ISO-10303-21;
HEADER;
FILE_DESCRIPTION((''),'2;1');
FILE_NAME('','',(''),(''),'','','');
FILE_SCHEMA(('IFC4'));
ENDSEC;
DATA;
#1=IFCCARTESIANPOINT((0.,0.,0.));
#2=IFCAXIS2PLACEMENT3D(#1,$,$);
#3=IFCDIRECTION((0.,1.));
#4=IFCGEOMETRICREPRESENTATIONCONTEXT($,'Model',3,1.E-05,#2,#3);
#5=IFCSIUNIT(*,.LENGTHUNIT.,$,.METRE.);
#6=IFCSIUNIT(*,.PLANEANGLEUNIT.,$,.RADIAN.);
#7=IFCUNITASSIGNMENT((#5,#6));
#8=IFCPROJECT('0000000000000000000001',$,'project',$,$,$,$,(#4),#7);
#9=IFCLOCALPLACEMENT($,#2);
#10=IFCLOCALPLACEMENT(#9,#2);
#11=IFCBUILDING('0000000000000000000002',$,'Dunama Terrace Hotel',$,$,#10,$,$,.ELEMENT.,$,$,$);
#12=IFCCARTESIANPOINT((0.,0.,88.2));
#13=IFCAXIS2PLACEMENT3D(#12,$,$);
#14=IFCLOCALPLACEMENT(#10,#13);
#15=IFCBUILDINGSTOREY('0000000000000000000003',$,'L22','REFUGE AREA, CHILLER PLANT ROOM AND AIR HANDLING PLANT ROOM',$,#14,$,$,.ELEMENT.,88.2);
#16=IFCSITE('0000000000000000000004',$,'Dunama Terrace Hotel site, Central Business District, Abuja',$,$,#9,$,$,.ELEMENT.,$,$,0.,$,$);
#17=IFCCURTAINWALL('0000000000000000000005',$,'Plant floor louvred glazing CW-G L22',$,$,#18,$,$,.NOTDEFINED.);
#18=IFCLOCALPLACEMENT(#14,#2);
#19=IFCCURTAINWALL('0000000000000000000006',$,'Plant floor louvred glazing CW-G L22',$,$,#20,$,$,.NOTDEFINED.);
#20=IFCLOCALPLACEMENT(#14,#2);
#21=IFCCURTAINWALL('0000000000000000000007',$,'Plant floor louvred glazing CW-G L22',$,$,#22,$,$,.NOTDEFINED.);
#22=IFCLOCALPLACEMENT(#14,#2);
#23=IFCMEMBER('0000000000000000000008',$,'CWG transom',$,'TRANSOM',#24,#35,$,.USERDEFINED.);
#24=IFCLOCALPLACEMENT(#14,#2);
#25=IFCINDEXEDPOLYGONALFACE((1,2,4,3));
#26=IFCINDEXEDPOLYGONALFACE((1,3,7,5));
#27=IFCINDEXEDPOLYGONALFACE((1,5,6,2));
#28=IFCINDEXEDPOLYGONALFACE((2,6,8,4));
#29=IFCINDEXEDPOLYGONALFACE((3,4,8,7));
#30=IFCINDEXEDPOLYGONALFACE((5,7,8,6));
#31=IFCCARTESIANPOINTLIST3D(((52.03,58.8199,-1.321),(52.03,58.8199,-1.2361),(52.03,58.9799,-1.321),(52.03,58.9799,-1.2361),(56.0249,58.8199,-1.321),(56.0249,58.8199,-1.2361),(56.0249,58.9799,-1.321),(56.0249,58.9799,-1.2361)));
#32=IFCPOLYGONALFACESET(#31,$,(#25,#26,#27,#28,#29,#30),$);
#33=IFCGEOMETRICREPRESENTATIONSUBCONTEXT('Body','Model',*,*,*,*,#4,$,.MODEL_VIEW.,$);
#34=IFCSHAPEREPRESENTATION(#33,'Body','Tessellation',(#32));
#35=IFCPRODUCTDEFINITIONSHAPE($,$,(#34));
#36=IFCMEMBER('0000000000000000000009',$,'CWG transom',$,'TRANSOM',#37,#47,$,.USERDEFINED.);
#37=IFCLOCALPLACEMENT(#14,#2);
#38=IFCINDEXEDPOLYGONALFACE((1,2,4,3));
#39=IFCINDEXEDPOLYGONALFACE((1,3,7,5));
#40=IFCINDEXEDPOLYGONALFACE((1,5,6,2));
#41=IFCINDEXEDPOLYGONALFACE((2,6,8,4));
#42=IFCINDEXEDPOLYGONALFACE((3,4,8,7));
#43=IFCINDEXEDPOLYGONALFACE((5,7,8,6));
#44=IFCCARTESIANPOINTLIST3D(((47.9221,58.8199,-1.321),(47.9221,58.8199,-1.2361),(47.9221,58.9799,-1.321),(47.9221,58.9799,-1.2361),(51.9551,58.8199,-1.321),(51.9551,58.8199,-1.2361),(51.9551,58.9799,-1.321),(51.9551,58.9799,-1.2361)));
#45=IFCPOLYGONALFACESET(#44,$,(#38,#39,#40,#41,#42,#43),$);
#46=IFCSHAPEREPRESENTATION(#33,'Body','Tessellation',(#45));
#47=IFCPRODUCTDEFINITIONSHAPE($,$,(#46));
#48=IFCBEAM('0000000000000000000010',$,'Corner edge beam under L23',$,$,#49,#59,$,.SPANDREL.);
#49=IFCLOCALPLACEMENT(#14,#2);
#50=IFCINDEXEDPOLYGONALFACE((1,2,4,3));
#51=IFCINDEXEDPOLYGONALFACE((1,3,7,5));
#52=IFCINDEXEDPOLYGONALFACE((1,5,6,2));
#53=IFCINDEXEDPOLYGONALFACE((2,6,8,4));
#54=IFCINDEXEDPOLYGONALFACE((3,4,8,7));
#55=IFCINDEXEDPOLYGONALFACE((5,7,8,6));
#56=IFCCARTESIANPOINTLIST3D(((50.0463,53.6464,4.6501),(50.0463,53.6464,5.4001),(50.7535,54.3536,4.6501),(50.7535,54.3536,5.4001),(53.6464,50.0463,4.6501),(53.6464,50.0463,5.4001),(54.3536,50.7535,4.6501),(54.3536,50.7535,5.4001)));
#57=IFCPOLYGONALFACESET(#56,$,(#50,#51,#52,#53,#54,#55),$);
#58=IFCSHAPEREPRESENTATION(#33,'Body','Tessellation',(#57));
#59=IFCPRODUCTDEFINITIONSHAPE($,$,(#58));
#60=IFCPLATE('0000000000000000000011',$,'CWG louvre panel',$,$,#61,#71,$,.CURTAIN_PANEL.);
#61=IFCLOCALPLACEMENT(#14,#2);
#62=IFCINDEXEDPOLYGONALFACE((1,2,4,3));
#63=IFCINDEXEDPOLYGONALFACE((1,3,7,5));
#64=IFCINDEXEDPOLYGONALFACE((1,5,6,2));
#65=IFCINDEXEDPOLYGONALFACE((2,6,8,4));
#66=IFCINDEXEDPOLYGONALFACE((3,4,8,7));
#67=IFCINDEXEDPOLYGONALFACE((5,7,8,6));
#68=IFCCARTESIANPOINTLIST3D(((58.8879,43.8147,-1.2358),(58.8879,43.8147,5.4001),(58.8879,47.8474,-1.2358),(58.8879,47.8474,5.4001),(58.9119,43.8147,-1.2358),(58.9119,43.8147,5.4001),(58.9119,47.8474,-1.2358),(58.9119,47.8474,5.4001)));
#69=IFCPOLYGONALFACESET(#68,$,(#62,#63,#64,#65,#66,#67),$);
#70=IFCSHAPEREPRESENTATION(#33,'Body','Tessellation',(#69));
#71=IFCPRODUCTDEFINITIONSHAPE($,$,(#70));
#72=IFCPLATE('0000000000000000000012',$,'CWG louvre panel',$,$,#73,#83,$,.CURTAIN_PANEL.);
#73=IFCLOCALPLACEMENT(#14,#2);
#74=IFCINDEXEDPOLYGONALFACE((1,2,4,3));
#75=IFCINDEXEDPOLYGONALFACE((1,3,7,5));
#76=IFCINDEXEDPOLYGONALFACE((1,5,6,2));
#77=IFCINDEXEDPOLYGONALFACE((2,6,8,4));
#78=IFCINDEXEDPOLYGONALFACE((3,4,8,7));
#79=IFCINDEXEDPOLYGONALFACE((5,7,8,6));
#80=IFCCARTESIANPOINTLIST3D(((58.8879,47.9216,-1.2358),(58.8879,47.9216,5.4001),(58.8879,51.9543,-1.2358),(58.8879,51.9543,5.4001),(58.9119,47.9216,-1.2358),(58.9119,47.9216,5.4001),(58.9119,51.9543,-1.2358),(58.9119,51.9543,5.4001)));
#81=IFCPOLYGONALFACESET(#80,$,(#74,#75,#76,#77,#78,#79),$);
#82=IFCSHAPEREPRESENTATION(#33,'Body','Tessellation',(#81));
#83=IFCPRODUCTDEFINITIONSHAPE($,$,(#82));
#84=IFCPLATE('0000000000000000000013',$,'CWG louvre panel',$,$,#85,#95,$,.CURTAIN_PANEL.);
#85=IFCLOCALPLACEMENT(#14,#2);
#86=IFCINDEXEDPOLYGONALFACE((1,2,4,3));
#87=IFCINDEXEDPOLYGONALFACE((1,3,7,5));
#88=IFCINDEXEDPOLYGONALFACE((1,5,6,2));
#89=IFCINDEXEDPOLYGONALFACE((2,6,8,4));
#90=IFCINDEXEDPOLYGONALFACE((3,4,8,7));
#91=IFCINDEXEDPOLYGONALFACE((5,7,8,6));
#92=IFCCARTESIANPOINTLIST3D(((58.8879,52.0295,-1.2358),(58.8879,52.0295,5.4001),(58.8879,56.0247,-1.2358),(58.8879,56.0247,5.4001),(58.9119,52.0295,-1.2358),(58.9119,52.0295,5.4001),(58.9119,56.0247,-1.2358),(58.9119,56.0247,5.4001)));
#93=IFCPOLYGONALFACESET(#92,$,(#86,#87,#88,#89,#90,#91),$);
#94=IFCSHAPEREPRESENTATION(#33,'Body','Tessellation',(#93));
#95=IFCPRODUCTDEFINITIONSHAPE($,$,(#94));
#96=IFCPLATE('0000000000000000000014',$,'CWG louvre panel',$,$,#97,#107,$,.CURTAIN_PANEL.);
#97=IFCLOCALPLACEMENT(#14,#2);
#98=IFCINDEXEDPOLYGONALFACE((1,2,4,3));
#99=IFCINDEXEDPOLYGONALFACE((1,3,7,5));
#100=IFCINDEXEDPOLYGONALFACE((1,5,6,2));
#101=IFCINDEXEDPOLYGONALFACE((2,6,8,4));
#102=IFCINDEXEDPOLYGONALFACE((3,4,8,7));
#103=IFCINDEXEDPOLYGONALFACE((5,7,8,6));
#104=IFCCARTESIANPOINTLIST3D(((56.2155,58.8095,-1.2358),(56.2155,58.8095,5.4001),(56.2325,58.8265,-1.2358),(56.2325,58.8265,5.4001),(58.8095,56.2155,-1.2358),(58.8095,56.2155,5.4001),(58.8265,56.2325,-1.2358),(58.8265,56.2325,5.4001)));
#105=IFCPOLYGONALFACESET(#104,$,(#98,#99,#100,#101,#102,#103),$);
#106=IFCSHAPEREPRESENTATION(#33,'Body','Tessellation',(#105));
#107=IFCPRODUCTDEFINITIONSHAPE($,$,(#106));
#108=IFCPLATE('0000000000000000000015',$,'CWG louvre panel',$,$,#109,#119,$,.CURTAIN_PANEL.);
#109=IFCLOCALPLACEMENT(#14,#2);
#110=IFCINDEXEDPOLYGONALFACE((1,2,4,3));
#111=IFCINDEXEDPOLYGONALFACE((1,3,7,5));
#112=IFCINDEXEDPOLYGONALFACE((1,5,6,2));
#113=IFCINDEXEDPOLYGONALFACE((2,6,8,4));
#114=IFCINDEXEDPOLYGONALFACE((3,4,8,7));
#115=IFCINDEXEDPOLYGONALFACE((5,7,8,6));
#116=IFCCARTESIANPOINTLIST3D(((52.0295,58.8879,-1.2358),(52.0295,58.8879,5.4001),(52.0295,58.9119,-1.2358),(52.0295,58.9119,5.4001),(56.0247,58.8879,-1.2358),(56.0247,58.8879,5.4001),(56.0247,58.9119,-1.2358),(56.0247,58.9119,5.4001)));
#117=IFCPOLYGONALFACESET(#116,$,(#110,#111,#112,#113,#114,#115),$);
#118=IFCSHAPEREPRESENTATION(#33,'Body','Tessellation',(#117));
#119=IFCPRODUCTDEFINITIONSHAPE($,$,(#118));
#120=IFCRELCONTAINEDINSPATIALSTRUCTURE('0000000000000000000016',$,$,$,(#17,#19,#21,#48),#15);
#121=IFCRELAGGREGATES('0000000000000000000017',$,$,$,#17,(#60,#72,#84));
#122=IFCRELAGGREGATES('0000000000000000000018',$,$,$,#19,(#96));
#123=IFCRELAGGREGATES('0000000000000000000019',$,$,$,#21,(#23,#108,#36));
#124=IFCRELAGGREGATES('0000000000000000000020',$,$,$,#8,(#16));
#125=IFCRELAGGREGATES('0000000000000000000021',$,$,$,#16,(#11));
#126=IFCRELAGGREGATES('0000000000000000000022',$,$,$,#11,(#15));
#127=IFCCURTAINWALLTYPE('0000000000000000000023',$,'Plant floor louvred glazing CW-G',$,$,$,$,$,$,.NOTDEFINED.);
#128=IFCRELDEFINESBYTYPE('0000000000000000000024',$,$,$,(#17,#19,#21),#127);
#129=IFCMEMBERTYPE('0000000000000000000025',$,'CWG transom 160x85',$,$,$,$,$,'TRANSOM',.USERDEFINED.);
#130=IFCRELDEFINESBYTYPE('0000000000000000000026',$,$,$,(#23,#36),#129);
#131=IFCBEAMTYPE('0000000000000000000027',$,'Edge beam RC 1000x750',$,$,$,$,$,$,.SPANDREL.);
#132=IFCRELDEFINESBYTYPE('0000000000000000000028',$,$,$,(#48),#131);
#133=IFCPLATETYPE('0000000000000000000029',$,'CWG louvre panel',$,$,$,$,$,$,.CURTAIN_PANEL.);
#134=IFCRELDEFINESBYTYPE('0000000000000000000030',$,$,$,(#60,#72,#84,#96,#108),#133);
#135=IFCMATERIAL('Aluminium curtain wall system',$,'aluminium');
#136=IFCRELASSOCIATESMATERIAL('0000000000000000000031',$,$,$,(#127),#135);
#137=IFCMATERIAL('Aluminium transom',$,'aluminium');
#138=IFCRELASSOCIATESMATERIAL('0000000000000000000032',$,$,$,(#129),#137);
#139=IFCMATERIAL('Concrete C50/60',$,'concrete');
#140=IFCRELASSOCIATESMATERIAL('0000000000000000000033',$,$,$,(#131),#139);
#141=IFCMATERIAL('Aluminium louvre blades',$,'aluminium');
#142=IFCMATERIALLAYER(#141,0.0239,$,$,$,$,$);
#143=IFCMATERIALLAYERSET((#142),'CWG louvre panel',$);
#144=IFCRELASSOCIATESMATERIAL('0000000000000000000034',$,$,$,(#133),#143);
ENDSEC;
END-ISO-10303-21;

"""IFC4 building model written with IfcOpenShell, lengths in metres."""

from ifc_helpers import new_model, si_unit, direction, frame, origin, origin_2d, place, context, subcontext, project, spatial, rectangle, extrude, material, layer, layer_set, material_profile, profile_set, type_object, element, aggregate, save


model = new_model("IFC4")

# Units and contexts
model_context = context("Model", 3, precision=1e-05, world=origin(), true_north=direction((0.0, 1.0)))
body_context = subcontext(model_context, "Body", "Model", "MODEL_VIEW")
ifc_project = project(units=[si_unit("LENGTHUNIT", "METRE"), si_unit("PLANEANGLEUNIT", "RADIAN")], contexts=[model_context])

# Site, building, storey
site_placement = place(None, origin())
site = spatial("IfcSite", under=ifc_project, at=site_placement, Name="Dunama Terrace Hotel site, Central Business District, Abuja", CompositionType="ELEMENT", RefElevation=0.0)
building_placement = place(site_placement, origin())
building = spatial("IfcBuilding", under=site, at=building_placement, Name="Dunama Terrace Hotel", CompositionType="ELEMENT")
storey_placement = place(building_placement, frame((0.0, 0.0, 88.2)))
storey = spatial("IfcBuildingStorey", under=building, at=storey_placement, Name="L22", Description="REFUGE AREA, CHILLER PLANT ROOM AND AIR HANDLING PLANT ROOM", CompositionType="ELEMENT", Elevation=88.2)

# Curtain walls
ifc_material_1 = material(Name="Aluminium curtain wall system", Category="aluminium")
curtain_wall_type = type_object("IfcCurtainWallType", Name="Plant floor louvred glazing CW-G", PredefinedType="NOTDEFINED", material=ifc_material_1)
curtain_wall_1_placement = place(storey_placement, origin())
curtain_wall_1 = element("IfcCurtainWall", 1, at=curtain_wall_1_placement, inside=storey, type_object=curtain_wall_type, Name="Plant floor louvred glazing CW-G L22", PredefinedType="NOTDEFINED")
curtain_wall_2_placement = place(storey_placement, origin())
curtain_wall_2 = element("IfcCurtainWall", 2, at=curtain_wall_2_placement, inside=storey, type_object=curtain_wall_type, Name="Plant floor louvred glazing CW-G L22", PredefinedType="NOTDEFINED")
curtain_wall_3_placement = place(storey_placement, origin())
curtain_wall_3 = element("IfcCurtainWall", 3, at=curtain_wall_3_placement, inside=storey, type_object=curtain_wall_type, Name="Plant floor louvred glazing CW-G L22", PredefinedType="NOTDEFINED")

# Members
ifc_material_2 = material(Name="Aluminium transom", Category="aluminium")
ifc_material_profile_1 = material_profile(ifc_material_2, rectangle(XDim=0.1599, YDim=0.085, at=origin_2d()), Name="CWG TRANSOM 160X85")
ifc_profile_set_1 = profile_set([ifc_material_profile_1], Name="Aluminium transom")
member_type_1 = type_object("IfcMemberType", Name="CWG transom 160x85", ElementType="TRANSOM", PredefinedType="USERDEFINED", material=ifc_profile_set_1)
member_1_placement = place(storey_placement, frame((56.0249, 58.8999, -1.2786), z_axis=(-1.0, 0.0, 0.0), x_axis=(0.0, -1.0, 0.0)))
member_1 = element("IfcMember", 4, at=member_1_placement, type_object=member_type_1, Name="CWG transom", ObjectType="TRANSOM", PredefinedType="USERDEFINED", context=body_context, shape_type="SweptSolid", body=[
    extrude(rectangle(XDim=0.1599, YDim=0.085, at=origin_2d()), origin(), (0.0, 0.0, 1.0), 3.9949),
])
member_2_placement = place(storey_placement, frame((51.9551, 58.8999, -1.2786), z_axis=(-1.0, 0.0, 0.0), x_axis=(0.0, -1.0, 0.0)))
member_2 = element("IfcMember", 5, at=member_2_placement, type_object=member_type_1, Name="CWG transom", ObjectType="TRANSOM", PredefinedType="USERDEFINED", context=body_context, shape_type="SweptSolid", body=[
    extrude(rectangle(XDim=0.1599, YDim=0.085, at=origin_2d()), origin(), (0.0, 0.0, 1.0), 4.033),
])

# Beam
ifc_material_3 = material(Name="Concrete C50/60", Category="concrete")
ifc_material_profile_2 = material_profile(ifc_material_3, rectangle(XDim=1.0, YDim=0.75, at=origin_2d()), Name="RC 1000x750")
ifc_profile_set_2 = profile_set([ifc_material_profile_2], Name="Concrete C50/60")
beam_type = type_object("IfcBeamType", Name="Edge beam RC 1000x750", PredefinedType="SPANDREL", material=ifc_profile_set_2)
beam_placement = place(storey_placement, frame((50.3999, 54.0, 5.0251), z_axis=(0.707107, -0.707107, 0.0), x_axis=(0.707107, 0.707107, 0.0)))
element("IfcBeam", 6, at=beam_placement, inside=storey, type_object=beam_type, Name="Corner edge beam under L23", PredefinedType="SPANDREL", context=body_context, shape_type="SweptSolid", body=[
    extrude(rectangle(XDim=1.0, YDim=0.75, at=origin_2d()), origin(), (0.0, 0.0, 1.0), 5.0913),
])

# Plates
ifc_material_4 = material(Name="Aluminium louvre blades", Category="aluminium")
ifc_layer = layer(ifc_material_4, 0.0239)
ifc_layer_set = layer_set([ifc_layer], Name="CWG louvre panel")
plate_type = type_object("IfcPlateType", Name="CWG louvre panel", PredefinedType="CURTAIN_PANEL", material=ifc_layer_set)
plate_1_placement = place(storey_placement, frame((58.8999, 45.8311, -1.2358), z_axis=(0.0, 0.0, 1.0), x_axis=(0.0, 1.0, 0.0)))
plate_1 = element("IfcPlate", 7, at=plate_1_placement, type_object=plate_type, Name="CWG louvre panel", PredefinedType="CURTAIN_PANEL", context=body_context, shape_type="SweptSolid", body=[
    extrude(rectangle(XDim=4.0327, YDim=0.0239, at=origin_2d()), origin(), (0.0, 0.0, 1.0), 6.636),
])
plate_2_placement = place(storey_placement, frame((58.8999, 49.938, -1.2358), z_axis=(0.0, 0.0, 1.0), x_axis=(0.0, 1.0, 0.0)))
plate_2 = element("IfcPlate", 8, at=plate_2_placement, type_object=plate_type, Name="CWG louvre panel", PredefinedType="CURTAIN_PANEL", context=body_context, shape_type="SweptSolid", body=[
    extrude(rectangle(XDim=4.0327, YDim=0.0239, at=origin_2d()), origin(), (0.0, 0.0, 1.0), 6.636),
])
plate_3_placement = place(storey_placement, frame((58.8999, 54.0271, -1.2358), z_axis=(0.0, 0.0, 1.0), x_axis=(0.0, 1.0, 0.0)))
plate_3 = element("IfcPlate", 9, at=plate_3_placement, type_object=plate_type, Name="CWG louvre panel", PredefinedType="CURTAIN_PANEL", context=body_context, shape_type="SweptSolid", body=[
    extrude(rectangle(XDim=3.9951, YDim=0.0239, at=origin_2d()), origin(), (0.0, 0.0, 1.0), 6.636),
])
aggregate(curtain_wall_1, [plate_1, plate_2, plate_3])
plate_4_placement = place(storey_placement, frame((57.521, 57.521, -1.2358), z_axis=(0.0, 0.0, 1.0), x_axis=(-0.707107, 0.707107, 0.0)))
plate_4 = element("IfcPlate", 10, at=plate_4_placement, type_object=plate_type, Name="CWG louvre panel", PredefinedType="CURTAIN_PANEL", context=body_context, shape_type="SweptSolid", body=[
    extrude(rectangle(XDim=3.6685, YDim=0.0239, at=origin_2d()), origin(), (0.0, 0.0, 1.0), 6.636),
])
aggregate(curtain_wall_2, [plate_4])
plate_5_placement = place(storey_placement, frame((54.0271, 58.8999, -1.2358), z_axis=(0.0, 0.0, 1.0), x_axis=(-1.0, 0.0, 0.0)))
plate_5 = element("IfcPlate", 11, at=plate_5_placement, type_object=plate_type, Name="CWG louvre panel", PredefinedType="CURTAIN_PANEL", context=body_context, shape_type="SweptSolid", body=[
    extrude(rectangle(XDim=3.9951, YDim=0.0239, at=origin_2d()), origin(), (0.0, 0.0, 1.0), 6.636),
])
aggregate(curtain_wall_3, [member_1, plate_5, member_2])

save(model, "model.ifc")
